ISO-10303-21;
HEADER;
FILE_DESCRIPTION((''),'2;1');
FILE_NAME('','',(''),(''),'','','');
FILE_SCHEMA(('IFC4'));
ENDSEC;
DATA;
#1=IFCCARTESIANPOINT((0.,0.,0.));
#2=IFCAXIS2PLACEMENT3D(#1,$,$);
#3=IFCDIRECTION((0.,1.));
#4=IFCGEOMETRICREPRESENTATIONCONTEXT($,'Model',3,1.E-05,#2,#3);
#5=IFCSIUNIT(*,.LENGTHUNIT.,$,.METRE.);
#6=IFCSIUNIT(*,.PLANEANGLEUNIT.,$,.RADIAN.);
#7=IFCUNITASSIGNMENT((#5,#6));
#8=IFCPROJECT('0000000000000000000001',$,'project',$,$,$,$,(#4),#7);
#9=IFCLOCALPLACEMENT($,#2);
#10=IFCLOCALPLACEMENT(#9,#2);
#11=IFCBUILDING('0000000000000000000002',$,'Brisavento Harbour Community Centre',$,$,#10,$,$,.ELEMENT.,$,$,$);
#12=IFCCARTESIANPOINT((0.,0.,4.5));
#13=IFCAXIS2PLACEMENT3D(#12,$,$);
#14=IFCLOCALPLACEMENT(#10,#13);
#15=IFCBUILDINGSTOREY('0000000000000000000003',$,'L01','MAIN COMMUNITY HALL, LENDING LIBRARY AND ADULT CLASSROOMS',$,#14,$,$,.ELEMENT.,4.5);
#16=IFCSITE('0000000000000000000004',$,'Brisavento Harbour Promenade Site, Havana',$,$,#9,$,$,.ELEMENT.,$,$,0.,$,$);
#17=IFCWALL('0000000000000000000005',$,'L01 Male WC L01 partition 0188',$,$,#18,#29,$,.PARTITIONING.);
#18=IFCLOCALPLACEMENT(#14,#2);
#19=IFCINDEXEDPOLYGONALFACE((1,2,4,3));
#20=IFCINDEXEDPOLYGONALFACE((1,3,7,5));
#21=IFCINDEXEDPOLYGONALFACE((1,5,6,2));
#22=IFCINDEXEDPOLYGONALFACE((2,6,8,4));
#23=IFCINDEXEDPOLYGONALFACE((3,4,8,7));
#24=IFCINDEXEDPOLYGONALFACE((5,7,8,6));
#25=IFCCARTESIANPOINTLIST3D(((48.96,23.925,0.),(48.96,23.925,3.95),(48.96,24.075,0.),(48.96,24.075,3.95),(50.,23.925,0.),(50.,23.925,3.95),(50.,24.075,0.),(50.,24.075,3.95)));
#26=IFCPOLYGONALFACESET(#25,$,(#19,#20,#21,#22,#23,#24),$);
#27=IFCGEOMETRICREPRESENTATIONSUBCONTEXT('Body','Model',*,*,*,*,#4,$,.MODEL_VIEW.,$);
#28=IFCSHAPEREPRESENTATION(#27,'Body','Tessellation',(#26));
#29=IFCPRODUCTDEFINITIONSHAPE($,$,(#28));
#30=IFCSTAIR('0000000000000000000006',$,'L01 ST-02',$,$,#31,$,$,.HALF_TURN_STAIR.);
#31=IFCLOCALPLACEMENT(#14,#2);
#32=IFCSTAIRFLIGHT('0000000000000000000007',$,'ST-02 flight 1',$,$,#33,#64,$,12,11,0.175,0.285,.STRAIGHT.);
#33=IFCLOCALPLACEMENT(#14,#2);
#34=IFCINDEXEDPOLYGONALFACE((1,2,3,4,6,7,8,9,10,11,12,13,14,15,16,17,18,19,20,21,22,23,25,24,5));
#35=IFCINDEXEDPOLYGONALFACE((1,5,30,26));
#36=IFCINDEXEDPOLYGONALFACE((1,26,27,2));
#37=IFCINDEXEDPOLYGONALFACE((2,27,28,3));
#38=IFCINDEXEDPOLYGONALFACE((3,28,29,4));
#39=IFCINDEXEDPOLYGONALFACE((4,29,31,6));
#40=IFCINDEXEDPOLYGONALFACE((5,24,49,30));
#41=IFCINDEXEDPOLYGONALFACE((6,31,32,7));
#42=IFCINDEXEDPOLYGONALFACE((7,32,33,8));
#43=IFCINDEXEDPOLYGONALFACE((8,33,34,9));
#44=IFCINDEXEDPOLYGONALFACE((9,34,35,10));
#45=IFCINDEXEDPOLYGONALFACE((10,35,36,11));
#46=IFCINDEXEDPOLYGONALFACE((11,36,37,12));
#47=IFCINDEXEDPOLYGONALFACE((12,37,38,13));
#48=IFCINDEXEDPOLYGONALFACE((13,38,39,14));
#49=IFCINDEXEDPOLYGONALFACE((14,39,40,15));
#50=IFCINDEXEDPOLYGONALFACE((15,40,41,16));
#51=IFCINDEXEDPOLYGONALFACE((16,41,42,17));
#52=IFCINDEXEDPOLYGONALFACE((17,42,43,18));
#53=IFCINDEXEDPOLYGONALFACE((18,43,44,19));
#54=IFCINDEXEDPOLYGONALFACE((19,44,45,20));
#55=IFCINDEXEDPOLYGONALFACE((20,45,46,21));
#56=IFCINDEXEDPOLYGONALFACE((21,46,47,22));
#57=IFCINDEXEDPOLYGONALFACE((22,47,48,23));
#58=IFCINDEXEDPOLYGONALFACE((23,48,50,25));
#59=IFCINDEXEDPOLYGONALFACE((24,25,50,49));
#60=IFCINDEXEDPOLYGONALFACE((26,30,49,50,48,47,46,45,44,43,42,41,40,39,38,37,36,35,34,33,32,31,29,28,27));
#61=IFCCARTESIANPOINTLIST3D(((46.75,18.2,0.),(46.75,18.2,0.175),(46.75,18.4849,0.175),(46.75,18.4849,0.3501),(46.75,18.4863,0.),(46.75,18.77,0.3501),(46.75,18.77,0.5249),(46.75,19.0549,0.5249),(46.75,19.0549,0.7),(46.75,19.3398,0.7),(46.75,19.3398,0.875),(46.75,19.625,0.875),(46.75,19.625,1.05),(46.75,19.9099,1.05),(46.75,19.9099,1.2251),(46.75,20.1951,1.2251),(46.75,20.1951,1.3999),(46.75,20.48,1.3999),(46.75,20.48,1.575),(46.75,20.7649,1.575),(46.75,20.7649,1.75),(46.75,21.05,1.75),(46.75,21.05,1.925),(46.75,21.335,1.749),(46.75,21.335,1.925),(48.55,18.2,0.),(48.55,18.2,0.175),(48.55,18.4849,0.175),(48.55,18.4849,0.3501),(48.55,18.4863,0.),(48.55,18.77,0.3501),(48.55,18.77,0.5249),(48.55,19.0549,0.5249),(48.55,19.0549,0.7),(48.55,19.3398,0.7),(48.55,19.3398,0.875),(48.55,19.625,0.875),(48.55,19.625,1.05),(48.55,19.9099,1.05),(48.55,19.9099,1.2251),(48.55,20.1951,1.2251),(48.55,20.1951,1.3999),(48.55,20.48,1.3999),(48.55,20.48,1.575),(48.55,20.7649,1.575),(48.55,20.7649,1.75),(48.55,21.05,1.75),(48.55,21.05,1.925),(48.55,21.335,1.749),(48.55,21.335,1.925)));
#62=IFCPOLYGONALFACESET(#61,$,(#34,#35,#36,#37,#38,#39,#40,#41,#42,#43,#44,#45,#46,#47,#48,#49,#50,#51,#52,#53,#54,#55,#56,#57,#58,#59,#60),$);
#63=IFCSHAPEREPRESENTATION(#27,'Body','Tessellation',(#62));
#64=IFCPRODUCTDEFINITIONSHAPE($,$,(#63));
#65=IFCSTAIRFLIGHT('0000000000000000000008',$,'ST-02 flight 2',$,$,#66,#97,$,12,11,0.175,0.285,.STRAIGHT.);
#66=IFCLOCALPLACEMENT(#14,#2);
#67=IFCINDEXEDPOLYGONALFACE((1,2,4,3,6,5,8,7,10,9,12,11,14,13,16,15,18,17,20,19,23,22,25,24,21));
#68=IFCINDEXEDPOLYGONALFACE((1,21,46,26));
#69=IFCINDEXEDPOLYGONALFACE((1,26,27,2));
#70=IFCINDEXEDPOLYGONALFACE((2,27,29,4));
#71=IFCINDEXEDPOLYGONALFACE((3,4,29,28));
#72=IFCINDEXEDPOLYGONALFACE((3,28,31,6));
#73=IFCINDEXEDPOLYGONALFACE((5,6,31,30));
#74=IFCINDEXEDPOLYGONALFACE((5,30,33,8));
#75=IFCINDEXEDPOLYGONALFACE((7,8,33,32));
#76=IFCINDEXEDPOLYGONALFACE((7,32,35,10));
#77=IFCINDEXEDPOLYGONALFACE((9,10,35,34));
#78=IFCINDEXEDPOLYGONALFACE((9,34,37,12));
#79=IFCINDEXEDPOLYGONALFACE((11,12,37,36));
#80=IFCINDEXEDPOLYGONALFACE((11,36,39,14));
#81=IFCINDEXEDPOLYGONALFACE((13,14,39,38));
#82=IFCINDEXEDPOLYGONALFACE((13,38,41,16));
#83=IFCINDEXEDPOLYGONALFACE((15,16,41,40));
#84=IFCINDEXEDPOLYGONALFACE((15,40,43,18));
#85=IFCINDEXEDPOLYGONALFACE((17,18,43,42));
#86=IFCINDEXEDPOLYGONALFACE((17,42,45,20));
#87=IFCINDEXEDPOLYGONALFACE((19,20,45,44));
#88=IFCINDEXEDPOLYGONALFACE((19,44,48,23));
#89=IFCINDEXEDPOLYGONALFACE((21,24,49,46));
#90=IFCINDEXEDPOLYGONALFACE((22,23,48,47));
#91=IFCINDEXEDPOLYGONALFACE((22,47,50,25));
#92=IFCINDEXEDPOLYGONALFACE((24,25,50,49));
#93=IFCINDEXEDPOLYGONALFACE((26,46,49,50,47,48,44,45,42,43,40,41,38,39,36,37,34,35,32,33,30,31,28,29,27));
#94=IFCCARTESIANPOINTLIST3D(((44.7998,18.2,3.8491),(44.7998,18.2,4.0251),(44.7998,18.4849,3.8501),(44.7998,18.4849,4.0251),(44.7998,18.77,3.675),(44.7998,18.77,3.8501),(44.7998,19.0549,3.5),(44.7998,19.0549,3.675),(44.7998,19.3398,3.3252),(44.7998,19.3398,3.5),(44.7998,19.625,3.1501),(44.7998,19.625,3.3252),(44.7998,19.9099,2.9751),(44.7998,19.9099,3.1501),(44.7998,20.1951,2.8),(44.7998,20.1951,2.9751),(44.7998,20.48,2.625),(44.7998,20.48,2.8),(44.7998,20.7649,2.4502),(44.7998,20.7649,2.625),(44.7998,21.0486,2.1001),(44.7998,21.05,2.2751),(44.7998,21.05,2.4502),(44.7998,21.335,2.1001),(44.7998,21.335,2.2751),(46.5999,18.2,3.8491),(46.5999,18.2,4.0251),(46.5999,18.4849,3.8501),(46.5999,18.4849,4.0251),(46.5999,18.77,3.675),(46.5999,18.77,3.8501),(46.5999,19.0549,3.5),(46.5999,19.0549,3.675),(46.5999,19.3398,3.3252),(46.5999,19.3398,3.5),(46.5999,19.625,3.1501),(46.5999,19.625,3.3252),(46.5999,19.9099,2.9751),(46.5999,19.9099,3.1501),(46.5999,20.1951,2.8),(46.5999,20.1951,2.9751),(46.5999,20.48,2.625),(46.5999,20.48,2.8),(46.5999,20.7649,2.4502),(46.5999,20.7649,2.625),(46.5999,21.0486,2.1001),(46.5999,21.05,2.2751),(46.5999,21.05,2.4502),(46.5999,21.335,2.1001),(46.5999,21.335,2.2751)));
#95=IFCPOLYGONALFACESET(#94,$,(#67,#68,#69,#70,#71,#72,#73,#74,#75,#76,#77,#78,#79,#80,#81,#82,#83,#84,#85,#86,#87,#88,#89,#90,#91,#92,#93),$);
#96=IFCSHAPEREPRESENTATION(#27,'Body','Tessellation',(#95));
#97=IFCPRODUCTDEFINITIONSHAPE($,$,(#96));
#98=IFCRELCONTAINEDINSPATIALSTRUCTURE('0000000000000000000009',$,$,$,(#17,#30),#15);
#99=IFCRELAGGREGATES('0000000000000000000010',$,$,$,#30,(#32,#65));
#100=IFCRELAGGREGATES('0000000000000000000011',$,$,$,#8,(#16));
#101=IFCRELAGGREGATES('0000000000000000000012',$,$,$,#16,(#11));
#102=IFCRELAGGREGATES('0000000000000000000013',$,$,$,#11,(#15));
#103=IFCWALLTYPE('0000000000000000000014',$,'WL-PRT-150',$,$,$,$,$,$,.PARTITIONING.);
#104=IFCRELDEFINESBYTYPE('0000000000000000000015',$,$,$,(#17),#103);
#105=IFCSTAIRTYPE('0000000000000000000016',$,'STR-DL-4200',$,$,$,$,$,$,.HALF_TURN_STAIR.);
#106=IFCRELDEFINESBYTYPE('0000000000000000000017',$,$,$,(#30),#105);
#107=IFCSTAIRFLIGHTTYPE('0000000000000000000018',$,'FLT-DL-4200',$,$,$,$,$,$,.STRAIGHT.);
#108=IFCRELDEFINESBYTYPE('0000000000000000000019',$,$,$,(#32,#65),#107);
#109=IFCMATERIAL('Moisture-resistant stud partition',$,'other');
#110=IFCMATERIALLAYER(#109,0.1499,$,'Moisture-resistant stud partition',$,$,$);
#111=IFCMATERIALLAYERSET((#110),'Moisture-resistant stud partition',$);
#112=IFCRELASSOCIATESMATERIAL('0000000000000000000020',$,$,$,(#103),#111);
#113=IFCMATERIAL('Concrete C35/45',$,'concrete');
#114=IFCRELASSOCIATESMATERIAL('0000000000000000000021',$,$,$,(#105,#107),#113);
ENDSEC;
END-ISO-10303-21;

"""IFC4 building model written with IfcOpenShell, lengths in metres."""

from ifc_helpers import new_model, si_unit, direction, frame, frame_2d, origin, place, context, subcontext, project, spatial, polyline, rectangle, outline, extrude, material, layer, layer_set, type_object, element, aggregate, save


model = new_model("IFC4")

# Units and contexts
model_context = context("Model", 3, precision=1e-05, world=origin(), true_north=direction((0.0, 1.0)))
body_context = subcontext(model_context, "Body", "Model", "MODEL_VIEW")
ifc_project = project(units=[si_unit("LENGTHUNIT", "METRE"), si_unit("PLANEANGLEUNIT", "RADIAN")], contexts=[model_context])

# Site, building, storey
site_placement = place(None, origin())
site = spatial("IfcSite", under=ifc_project, at=site_placement, Name="Brisavento Harbour Promenade Site, Havana", CompositionType="ELEMENT", RefElevation=0.0)
building_placement = place(site_placement, origin())
building = spatial("IfcBuilding", under=site, at=building_placement, Name="Brisavento Harbour Community Centre", CompositionType="ELEMENT")
storey_placement = place(building_placement, frame((0.0, 0.0, 4.5)))
storey = spatial("IfcBuildingStorey", under=building, at=storey_placement, Name="L01", Description="MAIN COMMUNITY HALL, LENDING LIBRARY AND ADULT CLASSROOMS", CompositionType="ELEMENT", Elevation=4.5)

# Shared definitions
ifc_material_1 = material(Name="Concrete C35/45", Category="concrete")

# Wall
ifc_material_2 = material(Name="Moisture-resistant stud partition", Category="other")
ifc_layer_1 = layer(ifc_material_2, 0.1499, Name="Moisture-resistant stud partition")
ifc_layer_set_1 = layer_set([ifc_layer_1], Name="Moisture-resistant stud partition")
wall_type_1 = type_object("IfcWallType", Name="WL-PRT-150", PredefinedType="PARTITIONING", material=ifc_layer_set_1)
wall_1_placement = place(storey_placement, frame((48.96, 24.0, 0.0), z_axis=(0.0, 0.0, 1.0), x_axis=(1.0, 0.0, 0.0)))
element("IfcWall", 1, at=wall_1_placement, inside=storey, type_object=wall_type_1, Name="L01 Male WC L01 partition 0188", PredefinedType="PARTITIONING", context=body_context, shape_type="SweptSolid", body=[
    extrude(rectangle(XDim=1.04, YDim=0.1499, at=frame_2d((0.52, 0.0))), origin(), (0.0, 0.0, 1.0), 3.95),
])

# Stair, stair flights
stair_type = type_object("IfcStairType", Name="STR-DL-4200", PredefinedType="HALF_TURN_STAIR", material=ifc_material_1)
stair_placement = place(storey_placement, origin())
stair = element("IfcStair", 2, at=stair_placement, inside=storey, type_object=stair_type, Name="L01 ST-02", PredefinedType="HALF_TURN_STAIR")
stair_flight_type = type_object("IfcStairFlightType", Name="FLT-DL-4200", PredefinedType="STRAIGHT", material=ifc_material_1)
stair_flight_1_placement = place(storey_placement, frame((47.6499, 18.2, 0.0), z_axis=(0.0, 0.0, 1.0), x_axis=(0.0, 1.0, 0.0)))
stair_flight_1 = element("IfcStairFlight", 3, at=stair_flight_1_placement, type_object=stair_flight_type, Name="ST-02 flight 1", NumberOfRisers=12, NumberOfTreads=11, PredefinedType="STRAIGHT", RiserHeight=0.175, TreadLength=0.285, context=body_context, shape_type="SweptSolid", body=[
    extrude(outline(polyline([(0.0, 0.0), (0.0, 0.175), (0.2849, 0.175), (0.2849, 0.3501), (0.5701, 0.3501), (0.5701, 0.5249), (0.855, 0.5249), (0.855, 0.7), (1.1399, 0.7), (1.1399, 0.875), (1.425, 0.875), (1.425, 1.05), (1.71, 1.05), (1.71, 1.2251), (1.9951, 1.2251), (1.9951, 1.3999), (2.28, 1.3999), (2.28, 1.575), (2.5649, 1.575), (2.5649, 1.75), (2.8501, 1.75), (2.8501, 1.925), (3.135, 1.925), (3.135, 2.1001), (3.135, 1.749), (0.2864, 0.0), (0.0, 0.0)])), frame((0.0, 0.8999, 0.0), z_axis=(0.0, -1.0, 0.0), x_axis=(1.0, 0.0, 0.0)), (0.0, 0.0, 1.0), 1.8),
])
stair_flight_2_placement = place(storey_placement, frame((45.7, 21.335, 2.1001), z_axis=(0.0, 0.0, 1.0), x_axis=(0.0, -1.0, 0.0)))
stair_flight_2 = element("IfcStairFlight", 4, at=stair_flight_2_placement, type_object=stair_flight_type, Name="ST-02 flight 2", NumberOfRisers=12, NumberOfTreads=11, PredefinedType="STRAIGHT", RiserHeight=0.175, TreadLength=0.285, context=body_context, shape_type="SweptSolid", body=[
    extrude(outline(polyline([(0.0, 0.0), (0.0, 0.175), (0.2849, 0.175), (0.2849, 0.3501), (0.5701, 0.3501), (0.5701, 0.5249), (0.855, 0.5249), (0.855, 0.7), (1.1399, 0.7), (1.1399, 0.875), (1.425, 0.875), (1.425, 1.05), (1.71, 1.05), (1.71, 1.2251), (1.9951, 1.2251), (1.9951, 1.3999), (2.28, 1.3999), (2.28, 1.575), (2.5649, 1.575), (2.5649, 1.75), (2.8501, 1.75), (2.8501, 1.925), (3.135, 1.925), (3.135, 2.1001), (3.135, 1.749), (0.2864, 0.0), (0.0, 0.0)])), frame((0.0, 0.8999, 0.0), z_axis=(0.0, -1.0, 0.0), x_axis=(1.0, 0.0, 0.0)), (0.0, 0.0, 1.0), 1.8),
])
aggregate(stair, [stair_flight_1, stair_flight_2])

save(model, "model.ifc")
